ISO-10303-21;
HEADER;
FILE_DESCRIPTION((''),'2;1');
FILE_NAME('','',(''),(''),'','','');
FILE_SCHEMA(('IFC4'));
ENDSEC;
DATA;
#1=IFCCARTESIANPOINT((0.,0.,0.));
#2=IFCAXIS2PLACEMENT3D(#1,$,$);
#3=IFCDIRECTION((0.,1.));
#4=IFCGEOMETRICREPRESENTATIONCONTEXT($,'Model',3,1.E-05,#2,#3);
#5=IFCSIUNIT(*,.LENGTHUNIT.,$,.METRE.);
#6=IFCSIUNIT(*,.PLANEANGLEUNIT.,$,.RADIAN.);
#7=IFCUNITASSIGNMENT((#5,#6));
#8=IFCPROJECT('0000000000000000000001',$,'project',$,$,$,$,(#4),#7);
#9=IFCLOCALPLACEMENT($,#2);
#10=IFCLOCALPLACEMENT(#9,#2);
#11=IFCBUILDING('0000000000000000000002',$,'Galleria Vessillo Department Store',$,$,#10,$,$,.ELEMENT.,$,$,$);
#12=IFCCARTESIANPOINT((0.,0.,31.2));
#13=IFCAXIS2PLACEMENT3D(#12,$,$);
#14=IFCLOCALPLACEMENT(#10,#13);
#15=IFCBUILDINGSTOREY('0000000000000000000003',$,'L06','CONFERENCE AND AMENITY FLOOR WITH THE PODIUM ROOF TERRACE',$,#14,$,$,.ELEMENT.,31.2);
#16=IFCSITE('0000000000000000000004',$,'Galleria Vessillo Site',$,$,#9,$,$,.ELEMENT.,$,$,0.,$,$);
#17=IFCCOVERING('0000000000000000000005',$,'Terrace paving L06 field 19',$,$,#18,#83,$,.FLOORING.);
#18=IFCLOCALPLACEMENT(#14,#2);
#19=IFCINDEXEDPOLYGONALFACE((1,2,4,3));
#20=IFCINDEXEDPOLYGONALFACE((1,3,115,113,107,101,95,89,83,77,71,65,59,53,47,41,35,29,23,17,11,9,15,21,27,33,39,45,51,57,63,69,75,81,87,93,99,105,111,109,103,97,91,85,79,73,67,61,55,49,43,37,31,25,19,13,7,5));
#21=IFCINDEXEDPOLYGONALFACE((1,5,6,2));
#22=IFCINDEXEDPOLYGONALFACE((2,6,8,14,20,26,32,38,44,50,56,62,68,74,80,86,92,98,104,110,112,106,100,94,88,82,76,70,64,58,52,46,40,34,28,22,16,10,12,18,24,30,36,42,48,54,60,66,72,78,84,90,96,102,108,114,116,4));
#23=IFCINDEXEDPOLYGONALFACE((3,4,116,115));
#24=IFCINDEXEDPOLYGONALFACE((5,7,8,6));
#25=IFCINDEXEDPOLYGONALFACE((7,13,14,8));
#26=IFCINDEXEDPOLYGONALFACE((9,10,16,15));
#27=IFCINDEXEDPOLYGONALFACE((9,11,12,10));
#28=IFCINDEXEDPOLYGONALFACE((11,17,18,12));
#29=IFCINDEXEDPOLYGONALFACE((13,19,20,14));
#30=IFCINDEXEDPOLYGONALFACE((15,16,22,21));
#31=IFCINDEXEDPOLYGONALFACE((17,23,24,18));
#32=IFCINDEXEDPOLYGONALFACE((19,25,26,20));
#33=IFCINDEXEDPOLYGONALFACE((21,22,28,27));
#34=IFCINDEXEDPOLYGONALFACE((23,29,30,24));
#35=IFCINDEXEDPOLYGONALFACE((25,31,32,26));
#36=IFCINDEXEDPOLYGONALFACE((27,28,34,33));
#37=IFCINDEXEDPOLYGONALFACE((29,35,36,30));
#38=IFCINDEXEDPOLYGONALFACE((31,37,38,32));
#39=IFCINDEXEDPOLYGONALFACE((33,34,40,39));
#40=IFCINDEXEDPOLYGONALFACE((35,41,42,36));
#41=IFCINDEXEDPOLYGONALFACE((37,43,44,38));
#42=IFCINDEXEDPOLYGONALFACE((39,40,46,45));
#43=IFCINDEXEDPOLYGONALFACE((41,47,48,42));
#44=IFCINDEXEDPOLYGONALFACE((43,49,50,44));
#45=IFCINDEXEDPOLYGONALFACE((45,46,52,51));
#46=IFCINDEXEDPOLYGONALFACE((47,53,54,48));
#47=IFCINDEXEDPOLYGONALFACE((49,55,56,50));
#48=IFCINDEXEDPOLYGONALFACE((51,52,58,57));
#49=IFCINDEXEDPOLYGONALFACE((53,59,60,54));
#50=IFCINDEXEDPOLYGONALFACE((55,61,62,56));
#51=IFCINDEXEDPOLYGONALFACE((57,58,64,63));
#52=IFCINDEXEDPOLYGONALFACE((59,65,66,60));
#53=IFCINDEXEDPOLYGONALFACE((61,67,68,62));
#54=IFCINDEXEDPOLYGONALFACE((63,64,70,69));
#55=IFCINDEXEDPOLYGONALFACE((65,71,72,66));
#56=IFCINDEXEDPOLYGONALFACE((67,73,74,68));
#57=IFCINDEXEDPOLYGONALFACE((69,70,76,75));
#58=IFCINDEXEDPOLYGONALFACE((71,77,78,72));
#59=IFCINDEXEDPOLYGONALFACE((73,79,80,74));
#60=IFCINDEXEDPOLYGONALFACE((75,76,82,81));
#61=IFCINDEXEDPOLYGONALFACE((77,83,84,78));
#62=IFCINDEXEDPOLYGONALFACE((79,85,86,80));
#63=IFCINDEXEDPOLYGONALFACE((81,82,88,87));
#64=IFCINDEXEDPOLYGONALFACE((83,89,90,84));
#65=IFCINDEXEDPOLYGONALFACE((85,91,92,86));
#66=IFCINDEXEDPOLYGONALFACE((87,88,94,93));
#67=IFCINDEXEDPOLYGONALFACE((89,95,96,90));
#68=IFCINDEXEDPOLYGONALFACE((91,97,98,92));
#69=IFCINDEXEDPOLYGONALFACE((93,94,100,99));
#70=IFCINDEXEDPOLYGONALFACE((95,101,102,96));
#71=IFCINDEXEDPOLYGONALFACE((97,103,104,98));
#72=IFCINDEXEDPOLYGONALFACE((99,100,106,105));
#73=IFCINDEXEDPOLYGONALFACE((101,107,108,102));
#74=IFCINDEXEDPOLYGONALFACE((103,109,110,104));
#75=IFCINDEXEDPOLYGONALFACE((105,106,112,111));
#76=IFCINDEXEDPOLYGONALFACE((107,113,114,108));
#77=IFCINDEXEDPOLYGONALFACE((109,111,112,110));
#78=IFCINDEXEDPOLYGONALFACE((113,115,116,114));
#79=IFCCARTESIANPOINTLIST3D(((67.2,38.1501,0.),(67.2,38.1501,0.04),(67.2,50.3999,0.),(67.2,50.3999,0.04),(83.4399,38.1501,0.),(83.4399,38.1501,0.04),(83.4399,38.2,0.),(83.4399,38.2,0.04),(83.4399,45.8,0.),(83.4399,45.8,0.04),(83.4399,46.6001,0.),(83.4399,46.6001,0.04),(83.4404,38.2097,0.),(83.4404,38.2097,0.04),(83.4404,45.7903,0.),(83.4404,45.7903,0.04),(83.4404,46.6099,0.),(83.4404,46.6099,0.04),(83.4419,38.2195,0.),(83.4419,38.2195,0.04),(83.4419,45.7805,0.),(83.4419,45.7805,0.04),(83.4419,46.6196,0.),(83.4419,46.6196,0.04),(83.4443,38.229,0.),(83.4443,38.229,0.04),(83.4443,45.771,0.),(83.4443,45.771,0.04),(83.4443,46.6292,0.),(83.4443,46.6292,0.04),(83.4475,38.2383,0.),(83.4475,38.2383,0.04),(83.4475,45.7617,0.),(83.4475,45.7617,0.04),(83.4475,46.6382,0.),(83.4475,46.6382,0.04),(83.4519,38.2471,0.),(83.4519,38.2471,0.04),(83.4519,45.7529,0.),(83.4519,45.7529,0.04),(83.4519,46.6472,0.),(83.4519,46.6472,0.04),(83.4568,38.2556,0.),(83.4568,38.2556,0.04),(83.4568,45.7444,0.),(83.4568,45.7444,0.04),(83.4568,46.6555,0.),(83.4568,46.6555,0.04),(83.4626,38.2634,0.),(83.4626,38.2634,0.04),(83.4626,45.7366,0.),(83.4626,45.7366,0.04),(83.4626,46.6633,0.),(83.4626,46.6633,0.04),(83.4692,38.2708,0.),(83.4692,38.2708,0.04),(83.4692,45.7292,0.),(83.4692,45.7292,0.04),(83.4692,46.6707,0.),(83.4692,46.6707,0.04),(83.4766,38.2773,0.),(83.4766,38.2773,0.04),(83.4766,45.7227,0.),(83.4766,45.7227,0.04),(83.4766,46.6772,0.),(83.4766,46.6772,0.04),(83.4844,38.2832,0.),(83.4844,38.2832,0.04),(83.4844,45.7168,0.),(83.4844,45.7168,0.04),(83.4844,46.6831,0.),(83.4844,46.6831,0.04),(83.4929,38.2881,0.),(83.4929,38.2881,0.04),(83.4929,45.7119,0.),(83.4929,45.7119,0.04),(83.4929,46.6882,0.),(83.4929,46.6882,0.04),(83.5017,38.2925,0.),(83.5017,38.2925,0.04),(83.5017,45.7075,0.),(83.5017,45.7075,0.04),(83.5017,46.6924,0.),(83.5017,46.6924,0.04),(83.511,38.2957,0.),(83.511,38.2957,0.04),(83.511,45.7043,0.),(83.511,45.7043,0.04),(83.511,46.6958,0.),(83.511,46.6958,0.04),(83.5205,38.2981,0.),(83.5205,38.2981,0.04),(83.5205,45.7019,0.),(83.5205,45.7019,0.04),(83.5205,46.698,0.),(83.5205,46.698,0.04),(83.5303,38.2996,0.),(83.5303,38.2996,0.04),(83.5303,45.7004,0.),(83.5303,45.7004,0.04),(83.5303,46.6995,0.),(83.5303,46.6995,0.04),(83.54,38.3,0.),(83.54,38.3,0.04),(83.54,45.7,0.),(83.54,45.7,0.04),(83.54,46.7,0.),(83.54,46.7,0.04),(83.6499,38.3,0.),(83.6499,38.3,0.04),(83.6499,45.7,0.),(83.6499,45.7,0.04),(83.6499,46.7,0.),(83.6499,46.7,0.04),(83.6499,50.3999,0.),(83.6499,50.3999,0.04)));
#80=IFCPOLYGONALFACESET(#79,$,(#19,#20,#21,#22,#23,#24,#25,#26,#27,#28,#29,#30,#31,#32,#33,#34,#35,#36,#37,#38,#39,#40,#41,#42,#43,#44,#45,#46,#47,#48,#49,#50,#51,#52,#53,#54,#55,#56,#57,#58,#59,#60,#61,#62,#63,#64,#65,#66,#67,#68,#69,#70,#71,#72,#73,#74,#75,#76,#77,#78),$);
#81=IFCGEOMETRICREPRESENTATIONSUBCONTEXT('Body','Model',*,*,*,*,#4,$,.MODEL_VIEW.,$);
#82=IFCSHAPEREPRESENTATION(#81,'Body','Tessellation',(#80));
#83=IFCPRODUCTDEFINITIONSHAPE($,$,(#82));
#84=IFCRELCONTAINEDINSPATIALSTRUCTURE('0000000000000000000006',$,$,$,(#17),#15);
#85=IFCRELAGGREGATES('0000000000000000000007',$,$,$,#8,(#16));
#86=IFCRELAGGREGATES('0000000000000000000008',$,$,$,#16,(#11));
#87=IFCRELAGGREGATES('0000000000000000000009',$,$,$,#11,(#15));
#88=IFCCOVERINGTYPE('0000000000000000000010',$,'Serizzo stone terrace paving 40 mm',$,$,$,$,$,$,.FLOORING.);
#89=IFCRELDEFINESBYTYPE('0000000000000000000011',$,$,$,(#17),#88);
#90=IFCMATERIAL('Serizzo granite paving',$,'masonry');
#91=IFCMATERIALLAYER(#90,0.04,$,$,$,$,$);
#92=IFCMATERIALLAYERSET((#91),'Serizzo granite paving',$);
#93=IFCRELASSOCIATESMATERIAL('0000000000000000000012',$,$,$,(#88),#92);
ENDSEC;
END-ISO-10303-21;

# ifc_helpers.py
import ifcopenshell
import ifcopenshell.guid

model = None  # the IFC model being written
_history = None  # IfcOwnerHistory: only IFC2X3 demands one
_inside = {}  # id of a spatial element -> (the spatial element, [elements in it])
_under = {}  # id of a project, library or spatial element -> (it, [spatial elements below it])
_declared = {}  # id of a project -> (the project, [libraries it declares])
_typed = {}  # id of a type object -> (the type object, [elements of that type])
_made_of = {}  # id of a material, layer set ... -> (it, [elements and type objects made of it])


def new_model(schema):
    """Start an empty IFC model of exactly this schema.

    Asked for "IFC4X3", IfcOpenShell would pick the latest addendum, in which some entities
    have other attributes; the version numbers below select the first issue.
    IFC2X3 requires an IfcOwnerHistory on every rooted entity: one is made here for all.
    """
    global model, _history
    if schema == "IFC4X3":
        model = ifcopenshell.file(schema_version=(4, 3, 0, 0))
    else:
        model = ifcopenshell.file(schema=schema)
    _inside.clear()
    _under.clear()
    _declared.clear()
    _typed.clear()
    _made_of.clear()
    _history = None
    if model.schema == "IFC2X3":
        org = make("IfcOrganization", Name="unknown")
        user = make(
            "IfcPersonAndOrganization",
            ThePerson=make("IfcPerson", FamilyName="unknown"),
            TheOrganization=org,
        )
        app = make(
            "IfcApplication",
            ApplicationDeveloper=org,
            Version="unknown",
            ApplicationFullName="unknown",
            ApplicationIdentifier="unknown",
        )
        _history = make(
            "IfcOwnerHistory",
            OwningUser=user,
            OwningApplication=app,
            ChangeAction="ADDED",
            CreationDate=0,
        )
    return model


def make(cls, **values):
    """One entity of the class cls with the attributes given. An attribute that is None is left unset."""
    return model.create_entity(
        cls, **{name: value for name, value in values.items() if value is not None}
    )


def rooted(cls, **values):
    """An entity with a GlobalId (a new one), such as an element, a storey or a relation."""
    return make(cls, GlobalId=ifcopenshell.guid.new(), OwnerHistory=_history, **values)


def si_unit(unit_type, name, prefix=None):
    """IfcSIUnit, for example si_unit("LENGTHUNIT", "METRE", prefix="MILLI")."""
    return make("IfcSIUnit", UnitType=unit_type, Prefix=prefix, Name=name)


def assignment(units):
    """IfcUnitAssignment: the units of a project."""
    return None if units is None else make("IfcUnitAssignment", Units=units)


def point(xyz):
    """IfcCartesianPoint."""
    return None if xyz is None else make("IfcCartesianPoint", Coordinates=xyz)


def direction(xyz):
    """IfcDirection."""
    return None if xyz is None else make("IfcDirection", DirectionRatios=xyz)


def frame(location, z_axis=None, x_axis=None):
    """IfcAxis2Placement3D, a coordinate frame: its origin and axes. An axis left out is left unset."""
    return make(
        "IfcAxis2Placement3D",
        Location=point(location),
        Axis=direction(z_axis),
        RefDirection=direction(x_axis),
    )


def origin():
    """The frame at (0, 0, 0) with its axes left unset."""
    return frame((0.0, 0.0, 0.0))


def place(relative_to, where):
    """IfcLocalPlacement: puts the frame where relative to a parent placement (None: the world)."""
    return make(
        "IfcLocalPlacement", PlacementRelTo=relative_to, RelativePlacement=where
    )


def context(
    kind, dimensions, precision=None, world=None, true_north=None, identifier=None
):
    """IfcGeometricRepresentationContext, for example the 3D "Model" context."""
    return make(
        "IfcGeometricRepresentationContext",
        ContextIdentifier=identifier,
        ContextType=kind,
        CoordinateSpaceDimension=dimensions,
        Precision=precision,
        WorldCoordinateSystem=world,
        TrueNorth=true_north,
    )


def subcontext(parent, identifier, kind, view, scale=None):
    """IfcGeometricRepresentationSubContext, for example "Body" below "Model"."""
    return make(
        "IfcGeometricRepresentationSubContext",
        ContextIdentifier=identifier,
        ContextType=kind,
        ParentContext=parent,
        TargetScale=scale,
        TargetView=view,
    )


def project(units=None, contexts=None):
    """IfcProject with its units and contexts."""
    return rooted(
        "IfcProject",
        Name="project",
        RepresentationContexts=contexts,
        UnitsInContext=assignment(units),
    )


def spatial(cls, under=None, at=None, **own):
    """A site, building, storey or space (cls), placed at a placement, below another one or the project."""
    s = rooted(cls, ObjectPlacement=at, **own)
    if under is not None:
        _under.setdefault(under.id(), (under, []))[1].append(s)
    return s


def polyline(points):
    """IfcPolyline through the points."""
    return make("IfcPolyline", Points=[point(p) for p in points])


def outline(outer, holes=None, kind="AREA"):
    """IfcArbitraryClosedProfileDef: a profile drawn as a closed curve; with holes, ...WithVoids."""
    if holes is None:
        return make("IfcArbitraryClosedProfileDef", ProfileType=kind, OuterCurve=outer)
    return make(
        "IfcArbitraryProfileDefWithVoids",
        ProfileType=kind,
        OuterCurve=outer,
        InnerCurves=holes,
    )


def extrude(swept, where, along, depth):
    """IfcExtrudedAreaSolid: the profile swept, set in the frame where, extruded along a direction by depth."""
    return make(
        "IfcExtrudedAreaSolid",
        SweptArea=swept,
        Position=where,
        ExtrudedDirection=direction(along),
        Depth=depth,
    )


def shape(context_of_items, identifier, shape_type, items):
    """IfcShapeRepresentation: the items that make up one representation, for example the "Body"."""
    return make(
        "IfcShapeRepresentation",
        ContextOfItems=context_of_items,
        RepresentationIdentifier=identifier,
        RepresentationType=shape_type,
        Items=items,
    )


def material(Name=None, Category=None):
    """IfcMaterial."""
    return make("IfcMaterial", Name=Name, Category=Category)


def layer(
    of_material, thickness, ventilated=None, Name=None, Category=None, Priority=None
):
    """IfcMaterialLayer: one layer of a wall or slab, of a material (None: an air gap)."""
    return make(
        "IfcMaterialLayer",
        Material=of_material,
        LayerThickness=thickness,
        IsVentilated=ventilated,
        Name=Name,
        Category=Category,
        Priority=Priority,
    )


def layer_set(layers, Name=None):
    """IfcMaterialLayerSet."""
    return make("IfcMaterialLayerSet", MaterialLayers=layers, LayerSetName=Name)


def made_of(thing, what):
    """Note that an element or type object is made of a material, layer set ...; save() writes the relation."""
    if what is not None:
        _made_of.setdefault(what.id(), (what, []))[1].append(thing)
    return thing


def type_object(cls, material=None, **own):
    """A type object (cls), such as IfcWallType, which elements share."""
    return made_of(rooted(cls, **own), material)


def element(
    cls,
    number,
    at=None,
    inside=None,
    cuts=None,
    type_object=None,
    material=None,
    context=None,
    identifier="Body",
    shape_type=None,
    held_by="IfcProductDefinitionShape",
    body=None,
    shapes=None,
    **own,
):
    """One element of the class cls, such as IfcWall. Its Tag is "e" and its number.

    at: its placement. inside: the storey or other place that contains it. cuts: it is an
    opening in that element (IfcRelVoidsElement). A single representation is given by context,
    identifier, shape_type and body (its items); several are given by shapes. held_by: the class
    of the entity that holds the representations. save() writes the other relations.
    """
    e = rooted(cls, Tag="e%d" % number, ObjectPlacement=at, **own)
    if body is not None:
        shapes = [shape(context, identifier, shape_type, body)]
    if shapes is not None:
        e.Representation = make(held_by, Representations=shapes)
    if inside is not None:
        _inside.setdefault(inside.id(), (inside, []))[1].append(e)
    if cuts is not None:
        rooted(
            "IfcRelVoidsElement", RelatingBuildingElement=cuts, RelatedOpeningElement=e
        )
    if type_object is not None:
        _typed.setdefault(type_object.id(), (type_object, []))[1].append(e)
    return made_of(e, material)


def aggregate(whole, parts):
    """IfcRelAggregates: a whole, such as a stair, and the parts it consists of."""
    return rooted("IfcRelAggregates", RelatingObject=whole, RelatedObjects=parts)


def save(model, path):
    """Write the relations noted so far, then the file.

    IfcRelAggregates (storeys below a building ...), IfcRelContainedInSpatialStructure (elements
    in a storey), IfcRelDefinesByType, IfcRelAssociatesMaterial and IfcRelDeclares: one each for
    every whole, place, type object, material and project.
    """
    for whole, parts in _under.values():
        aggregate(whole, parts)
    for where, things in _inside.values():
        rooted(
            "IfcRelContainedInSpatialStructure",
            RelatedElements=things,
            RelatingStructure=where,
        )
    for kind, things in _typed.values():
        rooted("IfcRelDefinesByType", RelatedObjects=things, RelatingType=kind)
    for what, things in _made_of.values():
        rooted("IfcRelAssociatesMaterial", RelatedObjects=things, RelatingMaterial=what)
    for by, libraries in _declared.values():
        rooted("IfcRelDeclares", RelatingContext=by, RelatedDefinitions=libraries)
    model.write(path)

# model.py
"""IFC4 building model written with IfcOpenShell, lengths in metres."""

from ifc_helpers import new_model, si_unit, direction, frame, origin, place, context, subcontext, project, spatial, polyline, outline, extrude, material, layer, layer_set, type_object, element, save


model = new_model("IFC4")

# Units and contexts
model_context = context("Model", 3, precision=1e-05, world=origin(), true_north=direction((0.0, 1.0)))
body_context = subcontext(model_context, "Body", "Model", "MODEL_VIEW")
ifc_project = project(units=[si_unit("LENGTHUNIT", "METRE"), si_unit("PLANEANGLEUNIT", "RADIAN")], contexts=[model_context])

# Site, building, storey
site_placement = place(None, origin())
site = spatial("IfcSite", under=ifc_project, at=site_placement, Name="Galleria Vessillo Site", CompositionType="ELEMENT", RefElevation=0.0)
building_placement = place(site_placement, origin())
building = spatial("IfcBuilding", under=site, at=building_placement, Name="Galleria Vessillo Department Store", CompositionType="ELEMENT")
storey_placement = place(building_placement, frame((0.0, 0.0, 31.2)))
storey = spatial("IfcBuildingStorey", under=building, at=storey_placement, Name="L06", Description="CONFERENCE AND AMENITY FLOOR WITH THE PODIUM ROOF TERRACE", CompositionType="ELEMENT", Elevation=31.2)

# Covering
ifc_material_1 = material(Name="Serizzo granite paving", Category="masonry")
ifc_layer_1 = layer(ifc_material_1, 0.04)
ifc_layer_set_1 = layer_set([ifc_layer_1], Name="Serizzo granite paving")
covering_type = type_object("IfcCoveringType", Name="Serizzo stone terrace paving 40 mm", PredefinedType="FLOORING", material=ifc_layer_set_1)
covering_1_placement = place(storey_placement, origin())
element("IfcCovering", 1, at=covering_1_placement, inside=storey, type_object=covering_type, Name="Terrace paving L06 field 19", PredefinedType="FLOORING", context=body_context, shape_type="SweptSolid", body=[
    extrude(outline(polyline([(83.6499, 46.7), (83.54, 46.7), (83.5303, 46.6995), (83.5205, 46.698), (83.511, 46.6958), (83.5017, 46.6924), (83.4929, 46.6882), (83.4844, 46.6831), (83.4766, 46.6772), (83.4692, 46.6707), (83.4626, 46.6633), (83.4568, 46.6555), (83.4519, 46.6472), (83.4475, 46.6382), (83.4443, 46.6292), (83.4419, 46.6196), (83.4404, 46.6099), (83.4399, 46.6001), (83.4399, 45.8), (83.4404, 45.7903), (83.4419, 45.7805), (83.4443, 45.771), (83.4475, 45.7617), (83.4519, 45.7529), (83.4568, 45.7444), (83.4626, 45.7366), (83.4692, 45.7292), (83.4766, 45.7227), (83.4844, 45.7168), (83.4929, 45.7119), (83.5017, 45.7075), (83.511, 45.7043), (83.5205, 45.7019), (83.5303, 45.7004), (83.54, 45.7), (83.6499, 45.7), (83.6499, 38.3), (83.54, 38.3), (83.5303, 38.2996), (83.5205, 38.2981), (83.511, 38.2957), (83.5017, 38.2925), (83.4929, 38.2881), (83.4844, 38.2832), (83.4766, 38.2773), (83.4692, 38.2708), (83.4626, 38.2634), (83.4568, 38.2556), (83.4519, 38.2471), (83.4475, 38.2383), (83.4443, 38.229), (83.4419, 38.2195), (83.4404, 38.2097), (83.4399, 38.2), (83.4399, 38.1501), (67.2, 38.1501), (67.2, 50.3999), (83.6499, 50.3999), (83.6499, 46.7)])), origin(), (0.0, 0.0, 1.0), 0.04),
])

save(model, "model.ifc")
